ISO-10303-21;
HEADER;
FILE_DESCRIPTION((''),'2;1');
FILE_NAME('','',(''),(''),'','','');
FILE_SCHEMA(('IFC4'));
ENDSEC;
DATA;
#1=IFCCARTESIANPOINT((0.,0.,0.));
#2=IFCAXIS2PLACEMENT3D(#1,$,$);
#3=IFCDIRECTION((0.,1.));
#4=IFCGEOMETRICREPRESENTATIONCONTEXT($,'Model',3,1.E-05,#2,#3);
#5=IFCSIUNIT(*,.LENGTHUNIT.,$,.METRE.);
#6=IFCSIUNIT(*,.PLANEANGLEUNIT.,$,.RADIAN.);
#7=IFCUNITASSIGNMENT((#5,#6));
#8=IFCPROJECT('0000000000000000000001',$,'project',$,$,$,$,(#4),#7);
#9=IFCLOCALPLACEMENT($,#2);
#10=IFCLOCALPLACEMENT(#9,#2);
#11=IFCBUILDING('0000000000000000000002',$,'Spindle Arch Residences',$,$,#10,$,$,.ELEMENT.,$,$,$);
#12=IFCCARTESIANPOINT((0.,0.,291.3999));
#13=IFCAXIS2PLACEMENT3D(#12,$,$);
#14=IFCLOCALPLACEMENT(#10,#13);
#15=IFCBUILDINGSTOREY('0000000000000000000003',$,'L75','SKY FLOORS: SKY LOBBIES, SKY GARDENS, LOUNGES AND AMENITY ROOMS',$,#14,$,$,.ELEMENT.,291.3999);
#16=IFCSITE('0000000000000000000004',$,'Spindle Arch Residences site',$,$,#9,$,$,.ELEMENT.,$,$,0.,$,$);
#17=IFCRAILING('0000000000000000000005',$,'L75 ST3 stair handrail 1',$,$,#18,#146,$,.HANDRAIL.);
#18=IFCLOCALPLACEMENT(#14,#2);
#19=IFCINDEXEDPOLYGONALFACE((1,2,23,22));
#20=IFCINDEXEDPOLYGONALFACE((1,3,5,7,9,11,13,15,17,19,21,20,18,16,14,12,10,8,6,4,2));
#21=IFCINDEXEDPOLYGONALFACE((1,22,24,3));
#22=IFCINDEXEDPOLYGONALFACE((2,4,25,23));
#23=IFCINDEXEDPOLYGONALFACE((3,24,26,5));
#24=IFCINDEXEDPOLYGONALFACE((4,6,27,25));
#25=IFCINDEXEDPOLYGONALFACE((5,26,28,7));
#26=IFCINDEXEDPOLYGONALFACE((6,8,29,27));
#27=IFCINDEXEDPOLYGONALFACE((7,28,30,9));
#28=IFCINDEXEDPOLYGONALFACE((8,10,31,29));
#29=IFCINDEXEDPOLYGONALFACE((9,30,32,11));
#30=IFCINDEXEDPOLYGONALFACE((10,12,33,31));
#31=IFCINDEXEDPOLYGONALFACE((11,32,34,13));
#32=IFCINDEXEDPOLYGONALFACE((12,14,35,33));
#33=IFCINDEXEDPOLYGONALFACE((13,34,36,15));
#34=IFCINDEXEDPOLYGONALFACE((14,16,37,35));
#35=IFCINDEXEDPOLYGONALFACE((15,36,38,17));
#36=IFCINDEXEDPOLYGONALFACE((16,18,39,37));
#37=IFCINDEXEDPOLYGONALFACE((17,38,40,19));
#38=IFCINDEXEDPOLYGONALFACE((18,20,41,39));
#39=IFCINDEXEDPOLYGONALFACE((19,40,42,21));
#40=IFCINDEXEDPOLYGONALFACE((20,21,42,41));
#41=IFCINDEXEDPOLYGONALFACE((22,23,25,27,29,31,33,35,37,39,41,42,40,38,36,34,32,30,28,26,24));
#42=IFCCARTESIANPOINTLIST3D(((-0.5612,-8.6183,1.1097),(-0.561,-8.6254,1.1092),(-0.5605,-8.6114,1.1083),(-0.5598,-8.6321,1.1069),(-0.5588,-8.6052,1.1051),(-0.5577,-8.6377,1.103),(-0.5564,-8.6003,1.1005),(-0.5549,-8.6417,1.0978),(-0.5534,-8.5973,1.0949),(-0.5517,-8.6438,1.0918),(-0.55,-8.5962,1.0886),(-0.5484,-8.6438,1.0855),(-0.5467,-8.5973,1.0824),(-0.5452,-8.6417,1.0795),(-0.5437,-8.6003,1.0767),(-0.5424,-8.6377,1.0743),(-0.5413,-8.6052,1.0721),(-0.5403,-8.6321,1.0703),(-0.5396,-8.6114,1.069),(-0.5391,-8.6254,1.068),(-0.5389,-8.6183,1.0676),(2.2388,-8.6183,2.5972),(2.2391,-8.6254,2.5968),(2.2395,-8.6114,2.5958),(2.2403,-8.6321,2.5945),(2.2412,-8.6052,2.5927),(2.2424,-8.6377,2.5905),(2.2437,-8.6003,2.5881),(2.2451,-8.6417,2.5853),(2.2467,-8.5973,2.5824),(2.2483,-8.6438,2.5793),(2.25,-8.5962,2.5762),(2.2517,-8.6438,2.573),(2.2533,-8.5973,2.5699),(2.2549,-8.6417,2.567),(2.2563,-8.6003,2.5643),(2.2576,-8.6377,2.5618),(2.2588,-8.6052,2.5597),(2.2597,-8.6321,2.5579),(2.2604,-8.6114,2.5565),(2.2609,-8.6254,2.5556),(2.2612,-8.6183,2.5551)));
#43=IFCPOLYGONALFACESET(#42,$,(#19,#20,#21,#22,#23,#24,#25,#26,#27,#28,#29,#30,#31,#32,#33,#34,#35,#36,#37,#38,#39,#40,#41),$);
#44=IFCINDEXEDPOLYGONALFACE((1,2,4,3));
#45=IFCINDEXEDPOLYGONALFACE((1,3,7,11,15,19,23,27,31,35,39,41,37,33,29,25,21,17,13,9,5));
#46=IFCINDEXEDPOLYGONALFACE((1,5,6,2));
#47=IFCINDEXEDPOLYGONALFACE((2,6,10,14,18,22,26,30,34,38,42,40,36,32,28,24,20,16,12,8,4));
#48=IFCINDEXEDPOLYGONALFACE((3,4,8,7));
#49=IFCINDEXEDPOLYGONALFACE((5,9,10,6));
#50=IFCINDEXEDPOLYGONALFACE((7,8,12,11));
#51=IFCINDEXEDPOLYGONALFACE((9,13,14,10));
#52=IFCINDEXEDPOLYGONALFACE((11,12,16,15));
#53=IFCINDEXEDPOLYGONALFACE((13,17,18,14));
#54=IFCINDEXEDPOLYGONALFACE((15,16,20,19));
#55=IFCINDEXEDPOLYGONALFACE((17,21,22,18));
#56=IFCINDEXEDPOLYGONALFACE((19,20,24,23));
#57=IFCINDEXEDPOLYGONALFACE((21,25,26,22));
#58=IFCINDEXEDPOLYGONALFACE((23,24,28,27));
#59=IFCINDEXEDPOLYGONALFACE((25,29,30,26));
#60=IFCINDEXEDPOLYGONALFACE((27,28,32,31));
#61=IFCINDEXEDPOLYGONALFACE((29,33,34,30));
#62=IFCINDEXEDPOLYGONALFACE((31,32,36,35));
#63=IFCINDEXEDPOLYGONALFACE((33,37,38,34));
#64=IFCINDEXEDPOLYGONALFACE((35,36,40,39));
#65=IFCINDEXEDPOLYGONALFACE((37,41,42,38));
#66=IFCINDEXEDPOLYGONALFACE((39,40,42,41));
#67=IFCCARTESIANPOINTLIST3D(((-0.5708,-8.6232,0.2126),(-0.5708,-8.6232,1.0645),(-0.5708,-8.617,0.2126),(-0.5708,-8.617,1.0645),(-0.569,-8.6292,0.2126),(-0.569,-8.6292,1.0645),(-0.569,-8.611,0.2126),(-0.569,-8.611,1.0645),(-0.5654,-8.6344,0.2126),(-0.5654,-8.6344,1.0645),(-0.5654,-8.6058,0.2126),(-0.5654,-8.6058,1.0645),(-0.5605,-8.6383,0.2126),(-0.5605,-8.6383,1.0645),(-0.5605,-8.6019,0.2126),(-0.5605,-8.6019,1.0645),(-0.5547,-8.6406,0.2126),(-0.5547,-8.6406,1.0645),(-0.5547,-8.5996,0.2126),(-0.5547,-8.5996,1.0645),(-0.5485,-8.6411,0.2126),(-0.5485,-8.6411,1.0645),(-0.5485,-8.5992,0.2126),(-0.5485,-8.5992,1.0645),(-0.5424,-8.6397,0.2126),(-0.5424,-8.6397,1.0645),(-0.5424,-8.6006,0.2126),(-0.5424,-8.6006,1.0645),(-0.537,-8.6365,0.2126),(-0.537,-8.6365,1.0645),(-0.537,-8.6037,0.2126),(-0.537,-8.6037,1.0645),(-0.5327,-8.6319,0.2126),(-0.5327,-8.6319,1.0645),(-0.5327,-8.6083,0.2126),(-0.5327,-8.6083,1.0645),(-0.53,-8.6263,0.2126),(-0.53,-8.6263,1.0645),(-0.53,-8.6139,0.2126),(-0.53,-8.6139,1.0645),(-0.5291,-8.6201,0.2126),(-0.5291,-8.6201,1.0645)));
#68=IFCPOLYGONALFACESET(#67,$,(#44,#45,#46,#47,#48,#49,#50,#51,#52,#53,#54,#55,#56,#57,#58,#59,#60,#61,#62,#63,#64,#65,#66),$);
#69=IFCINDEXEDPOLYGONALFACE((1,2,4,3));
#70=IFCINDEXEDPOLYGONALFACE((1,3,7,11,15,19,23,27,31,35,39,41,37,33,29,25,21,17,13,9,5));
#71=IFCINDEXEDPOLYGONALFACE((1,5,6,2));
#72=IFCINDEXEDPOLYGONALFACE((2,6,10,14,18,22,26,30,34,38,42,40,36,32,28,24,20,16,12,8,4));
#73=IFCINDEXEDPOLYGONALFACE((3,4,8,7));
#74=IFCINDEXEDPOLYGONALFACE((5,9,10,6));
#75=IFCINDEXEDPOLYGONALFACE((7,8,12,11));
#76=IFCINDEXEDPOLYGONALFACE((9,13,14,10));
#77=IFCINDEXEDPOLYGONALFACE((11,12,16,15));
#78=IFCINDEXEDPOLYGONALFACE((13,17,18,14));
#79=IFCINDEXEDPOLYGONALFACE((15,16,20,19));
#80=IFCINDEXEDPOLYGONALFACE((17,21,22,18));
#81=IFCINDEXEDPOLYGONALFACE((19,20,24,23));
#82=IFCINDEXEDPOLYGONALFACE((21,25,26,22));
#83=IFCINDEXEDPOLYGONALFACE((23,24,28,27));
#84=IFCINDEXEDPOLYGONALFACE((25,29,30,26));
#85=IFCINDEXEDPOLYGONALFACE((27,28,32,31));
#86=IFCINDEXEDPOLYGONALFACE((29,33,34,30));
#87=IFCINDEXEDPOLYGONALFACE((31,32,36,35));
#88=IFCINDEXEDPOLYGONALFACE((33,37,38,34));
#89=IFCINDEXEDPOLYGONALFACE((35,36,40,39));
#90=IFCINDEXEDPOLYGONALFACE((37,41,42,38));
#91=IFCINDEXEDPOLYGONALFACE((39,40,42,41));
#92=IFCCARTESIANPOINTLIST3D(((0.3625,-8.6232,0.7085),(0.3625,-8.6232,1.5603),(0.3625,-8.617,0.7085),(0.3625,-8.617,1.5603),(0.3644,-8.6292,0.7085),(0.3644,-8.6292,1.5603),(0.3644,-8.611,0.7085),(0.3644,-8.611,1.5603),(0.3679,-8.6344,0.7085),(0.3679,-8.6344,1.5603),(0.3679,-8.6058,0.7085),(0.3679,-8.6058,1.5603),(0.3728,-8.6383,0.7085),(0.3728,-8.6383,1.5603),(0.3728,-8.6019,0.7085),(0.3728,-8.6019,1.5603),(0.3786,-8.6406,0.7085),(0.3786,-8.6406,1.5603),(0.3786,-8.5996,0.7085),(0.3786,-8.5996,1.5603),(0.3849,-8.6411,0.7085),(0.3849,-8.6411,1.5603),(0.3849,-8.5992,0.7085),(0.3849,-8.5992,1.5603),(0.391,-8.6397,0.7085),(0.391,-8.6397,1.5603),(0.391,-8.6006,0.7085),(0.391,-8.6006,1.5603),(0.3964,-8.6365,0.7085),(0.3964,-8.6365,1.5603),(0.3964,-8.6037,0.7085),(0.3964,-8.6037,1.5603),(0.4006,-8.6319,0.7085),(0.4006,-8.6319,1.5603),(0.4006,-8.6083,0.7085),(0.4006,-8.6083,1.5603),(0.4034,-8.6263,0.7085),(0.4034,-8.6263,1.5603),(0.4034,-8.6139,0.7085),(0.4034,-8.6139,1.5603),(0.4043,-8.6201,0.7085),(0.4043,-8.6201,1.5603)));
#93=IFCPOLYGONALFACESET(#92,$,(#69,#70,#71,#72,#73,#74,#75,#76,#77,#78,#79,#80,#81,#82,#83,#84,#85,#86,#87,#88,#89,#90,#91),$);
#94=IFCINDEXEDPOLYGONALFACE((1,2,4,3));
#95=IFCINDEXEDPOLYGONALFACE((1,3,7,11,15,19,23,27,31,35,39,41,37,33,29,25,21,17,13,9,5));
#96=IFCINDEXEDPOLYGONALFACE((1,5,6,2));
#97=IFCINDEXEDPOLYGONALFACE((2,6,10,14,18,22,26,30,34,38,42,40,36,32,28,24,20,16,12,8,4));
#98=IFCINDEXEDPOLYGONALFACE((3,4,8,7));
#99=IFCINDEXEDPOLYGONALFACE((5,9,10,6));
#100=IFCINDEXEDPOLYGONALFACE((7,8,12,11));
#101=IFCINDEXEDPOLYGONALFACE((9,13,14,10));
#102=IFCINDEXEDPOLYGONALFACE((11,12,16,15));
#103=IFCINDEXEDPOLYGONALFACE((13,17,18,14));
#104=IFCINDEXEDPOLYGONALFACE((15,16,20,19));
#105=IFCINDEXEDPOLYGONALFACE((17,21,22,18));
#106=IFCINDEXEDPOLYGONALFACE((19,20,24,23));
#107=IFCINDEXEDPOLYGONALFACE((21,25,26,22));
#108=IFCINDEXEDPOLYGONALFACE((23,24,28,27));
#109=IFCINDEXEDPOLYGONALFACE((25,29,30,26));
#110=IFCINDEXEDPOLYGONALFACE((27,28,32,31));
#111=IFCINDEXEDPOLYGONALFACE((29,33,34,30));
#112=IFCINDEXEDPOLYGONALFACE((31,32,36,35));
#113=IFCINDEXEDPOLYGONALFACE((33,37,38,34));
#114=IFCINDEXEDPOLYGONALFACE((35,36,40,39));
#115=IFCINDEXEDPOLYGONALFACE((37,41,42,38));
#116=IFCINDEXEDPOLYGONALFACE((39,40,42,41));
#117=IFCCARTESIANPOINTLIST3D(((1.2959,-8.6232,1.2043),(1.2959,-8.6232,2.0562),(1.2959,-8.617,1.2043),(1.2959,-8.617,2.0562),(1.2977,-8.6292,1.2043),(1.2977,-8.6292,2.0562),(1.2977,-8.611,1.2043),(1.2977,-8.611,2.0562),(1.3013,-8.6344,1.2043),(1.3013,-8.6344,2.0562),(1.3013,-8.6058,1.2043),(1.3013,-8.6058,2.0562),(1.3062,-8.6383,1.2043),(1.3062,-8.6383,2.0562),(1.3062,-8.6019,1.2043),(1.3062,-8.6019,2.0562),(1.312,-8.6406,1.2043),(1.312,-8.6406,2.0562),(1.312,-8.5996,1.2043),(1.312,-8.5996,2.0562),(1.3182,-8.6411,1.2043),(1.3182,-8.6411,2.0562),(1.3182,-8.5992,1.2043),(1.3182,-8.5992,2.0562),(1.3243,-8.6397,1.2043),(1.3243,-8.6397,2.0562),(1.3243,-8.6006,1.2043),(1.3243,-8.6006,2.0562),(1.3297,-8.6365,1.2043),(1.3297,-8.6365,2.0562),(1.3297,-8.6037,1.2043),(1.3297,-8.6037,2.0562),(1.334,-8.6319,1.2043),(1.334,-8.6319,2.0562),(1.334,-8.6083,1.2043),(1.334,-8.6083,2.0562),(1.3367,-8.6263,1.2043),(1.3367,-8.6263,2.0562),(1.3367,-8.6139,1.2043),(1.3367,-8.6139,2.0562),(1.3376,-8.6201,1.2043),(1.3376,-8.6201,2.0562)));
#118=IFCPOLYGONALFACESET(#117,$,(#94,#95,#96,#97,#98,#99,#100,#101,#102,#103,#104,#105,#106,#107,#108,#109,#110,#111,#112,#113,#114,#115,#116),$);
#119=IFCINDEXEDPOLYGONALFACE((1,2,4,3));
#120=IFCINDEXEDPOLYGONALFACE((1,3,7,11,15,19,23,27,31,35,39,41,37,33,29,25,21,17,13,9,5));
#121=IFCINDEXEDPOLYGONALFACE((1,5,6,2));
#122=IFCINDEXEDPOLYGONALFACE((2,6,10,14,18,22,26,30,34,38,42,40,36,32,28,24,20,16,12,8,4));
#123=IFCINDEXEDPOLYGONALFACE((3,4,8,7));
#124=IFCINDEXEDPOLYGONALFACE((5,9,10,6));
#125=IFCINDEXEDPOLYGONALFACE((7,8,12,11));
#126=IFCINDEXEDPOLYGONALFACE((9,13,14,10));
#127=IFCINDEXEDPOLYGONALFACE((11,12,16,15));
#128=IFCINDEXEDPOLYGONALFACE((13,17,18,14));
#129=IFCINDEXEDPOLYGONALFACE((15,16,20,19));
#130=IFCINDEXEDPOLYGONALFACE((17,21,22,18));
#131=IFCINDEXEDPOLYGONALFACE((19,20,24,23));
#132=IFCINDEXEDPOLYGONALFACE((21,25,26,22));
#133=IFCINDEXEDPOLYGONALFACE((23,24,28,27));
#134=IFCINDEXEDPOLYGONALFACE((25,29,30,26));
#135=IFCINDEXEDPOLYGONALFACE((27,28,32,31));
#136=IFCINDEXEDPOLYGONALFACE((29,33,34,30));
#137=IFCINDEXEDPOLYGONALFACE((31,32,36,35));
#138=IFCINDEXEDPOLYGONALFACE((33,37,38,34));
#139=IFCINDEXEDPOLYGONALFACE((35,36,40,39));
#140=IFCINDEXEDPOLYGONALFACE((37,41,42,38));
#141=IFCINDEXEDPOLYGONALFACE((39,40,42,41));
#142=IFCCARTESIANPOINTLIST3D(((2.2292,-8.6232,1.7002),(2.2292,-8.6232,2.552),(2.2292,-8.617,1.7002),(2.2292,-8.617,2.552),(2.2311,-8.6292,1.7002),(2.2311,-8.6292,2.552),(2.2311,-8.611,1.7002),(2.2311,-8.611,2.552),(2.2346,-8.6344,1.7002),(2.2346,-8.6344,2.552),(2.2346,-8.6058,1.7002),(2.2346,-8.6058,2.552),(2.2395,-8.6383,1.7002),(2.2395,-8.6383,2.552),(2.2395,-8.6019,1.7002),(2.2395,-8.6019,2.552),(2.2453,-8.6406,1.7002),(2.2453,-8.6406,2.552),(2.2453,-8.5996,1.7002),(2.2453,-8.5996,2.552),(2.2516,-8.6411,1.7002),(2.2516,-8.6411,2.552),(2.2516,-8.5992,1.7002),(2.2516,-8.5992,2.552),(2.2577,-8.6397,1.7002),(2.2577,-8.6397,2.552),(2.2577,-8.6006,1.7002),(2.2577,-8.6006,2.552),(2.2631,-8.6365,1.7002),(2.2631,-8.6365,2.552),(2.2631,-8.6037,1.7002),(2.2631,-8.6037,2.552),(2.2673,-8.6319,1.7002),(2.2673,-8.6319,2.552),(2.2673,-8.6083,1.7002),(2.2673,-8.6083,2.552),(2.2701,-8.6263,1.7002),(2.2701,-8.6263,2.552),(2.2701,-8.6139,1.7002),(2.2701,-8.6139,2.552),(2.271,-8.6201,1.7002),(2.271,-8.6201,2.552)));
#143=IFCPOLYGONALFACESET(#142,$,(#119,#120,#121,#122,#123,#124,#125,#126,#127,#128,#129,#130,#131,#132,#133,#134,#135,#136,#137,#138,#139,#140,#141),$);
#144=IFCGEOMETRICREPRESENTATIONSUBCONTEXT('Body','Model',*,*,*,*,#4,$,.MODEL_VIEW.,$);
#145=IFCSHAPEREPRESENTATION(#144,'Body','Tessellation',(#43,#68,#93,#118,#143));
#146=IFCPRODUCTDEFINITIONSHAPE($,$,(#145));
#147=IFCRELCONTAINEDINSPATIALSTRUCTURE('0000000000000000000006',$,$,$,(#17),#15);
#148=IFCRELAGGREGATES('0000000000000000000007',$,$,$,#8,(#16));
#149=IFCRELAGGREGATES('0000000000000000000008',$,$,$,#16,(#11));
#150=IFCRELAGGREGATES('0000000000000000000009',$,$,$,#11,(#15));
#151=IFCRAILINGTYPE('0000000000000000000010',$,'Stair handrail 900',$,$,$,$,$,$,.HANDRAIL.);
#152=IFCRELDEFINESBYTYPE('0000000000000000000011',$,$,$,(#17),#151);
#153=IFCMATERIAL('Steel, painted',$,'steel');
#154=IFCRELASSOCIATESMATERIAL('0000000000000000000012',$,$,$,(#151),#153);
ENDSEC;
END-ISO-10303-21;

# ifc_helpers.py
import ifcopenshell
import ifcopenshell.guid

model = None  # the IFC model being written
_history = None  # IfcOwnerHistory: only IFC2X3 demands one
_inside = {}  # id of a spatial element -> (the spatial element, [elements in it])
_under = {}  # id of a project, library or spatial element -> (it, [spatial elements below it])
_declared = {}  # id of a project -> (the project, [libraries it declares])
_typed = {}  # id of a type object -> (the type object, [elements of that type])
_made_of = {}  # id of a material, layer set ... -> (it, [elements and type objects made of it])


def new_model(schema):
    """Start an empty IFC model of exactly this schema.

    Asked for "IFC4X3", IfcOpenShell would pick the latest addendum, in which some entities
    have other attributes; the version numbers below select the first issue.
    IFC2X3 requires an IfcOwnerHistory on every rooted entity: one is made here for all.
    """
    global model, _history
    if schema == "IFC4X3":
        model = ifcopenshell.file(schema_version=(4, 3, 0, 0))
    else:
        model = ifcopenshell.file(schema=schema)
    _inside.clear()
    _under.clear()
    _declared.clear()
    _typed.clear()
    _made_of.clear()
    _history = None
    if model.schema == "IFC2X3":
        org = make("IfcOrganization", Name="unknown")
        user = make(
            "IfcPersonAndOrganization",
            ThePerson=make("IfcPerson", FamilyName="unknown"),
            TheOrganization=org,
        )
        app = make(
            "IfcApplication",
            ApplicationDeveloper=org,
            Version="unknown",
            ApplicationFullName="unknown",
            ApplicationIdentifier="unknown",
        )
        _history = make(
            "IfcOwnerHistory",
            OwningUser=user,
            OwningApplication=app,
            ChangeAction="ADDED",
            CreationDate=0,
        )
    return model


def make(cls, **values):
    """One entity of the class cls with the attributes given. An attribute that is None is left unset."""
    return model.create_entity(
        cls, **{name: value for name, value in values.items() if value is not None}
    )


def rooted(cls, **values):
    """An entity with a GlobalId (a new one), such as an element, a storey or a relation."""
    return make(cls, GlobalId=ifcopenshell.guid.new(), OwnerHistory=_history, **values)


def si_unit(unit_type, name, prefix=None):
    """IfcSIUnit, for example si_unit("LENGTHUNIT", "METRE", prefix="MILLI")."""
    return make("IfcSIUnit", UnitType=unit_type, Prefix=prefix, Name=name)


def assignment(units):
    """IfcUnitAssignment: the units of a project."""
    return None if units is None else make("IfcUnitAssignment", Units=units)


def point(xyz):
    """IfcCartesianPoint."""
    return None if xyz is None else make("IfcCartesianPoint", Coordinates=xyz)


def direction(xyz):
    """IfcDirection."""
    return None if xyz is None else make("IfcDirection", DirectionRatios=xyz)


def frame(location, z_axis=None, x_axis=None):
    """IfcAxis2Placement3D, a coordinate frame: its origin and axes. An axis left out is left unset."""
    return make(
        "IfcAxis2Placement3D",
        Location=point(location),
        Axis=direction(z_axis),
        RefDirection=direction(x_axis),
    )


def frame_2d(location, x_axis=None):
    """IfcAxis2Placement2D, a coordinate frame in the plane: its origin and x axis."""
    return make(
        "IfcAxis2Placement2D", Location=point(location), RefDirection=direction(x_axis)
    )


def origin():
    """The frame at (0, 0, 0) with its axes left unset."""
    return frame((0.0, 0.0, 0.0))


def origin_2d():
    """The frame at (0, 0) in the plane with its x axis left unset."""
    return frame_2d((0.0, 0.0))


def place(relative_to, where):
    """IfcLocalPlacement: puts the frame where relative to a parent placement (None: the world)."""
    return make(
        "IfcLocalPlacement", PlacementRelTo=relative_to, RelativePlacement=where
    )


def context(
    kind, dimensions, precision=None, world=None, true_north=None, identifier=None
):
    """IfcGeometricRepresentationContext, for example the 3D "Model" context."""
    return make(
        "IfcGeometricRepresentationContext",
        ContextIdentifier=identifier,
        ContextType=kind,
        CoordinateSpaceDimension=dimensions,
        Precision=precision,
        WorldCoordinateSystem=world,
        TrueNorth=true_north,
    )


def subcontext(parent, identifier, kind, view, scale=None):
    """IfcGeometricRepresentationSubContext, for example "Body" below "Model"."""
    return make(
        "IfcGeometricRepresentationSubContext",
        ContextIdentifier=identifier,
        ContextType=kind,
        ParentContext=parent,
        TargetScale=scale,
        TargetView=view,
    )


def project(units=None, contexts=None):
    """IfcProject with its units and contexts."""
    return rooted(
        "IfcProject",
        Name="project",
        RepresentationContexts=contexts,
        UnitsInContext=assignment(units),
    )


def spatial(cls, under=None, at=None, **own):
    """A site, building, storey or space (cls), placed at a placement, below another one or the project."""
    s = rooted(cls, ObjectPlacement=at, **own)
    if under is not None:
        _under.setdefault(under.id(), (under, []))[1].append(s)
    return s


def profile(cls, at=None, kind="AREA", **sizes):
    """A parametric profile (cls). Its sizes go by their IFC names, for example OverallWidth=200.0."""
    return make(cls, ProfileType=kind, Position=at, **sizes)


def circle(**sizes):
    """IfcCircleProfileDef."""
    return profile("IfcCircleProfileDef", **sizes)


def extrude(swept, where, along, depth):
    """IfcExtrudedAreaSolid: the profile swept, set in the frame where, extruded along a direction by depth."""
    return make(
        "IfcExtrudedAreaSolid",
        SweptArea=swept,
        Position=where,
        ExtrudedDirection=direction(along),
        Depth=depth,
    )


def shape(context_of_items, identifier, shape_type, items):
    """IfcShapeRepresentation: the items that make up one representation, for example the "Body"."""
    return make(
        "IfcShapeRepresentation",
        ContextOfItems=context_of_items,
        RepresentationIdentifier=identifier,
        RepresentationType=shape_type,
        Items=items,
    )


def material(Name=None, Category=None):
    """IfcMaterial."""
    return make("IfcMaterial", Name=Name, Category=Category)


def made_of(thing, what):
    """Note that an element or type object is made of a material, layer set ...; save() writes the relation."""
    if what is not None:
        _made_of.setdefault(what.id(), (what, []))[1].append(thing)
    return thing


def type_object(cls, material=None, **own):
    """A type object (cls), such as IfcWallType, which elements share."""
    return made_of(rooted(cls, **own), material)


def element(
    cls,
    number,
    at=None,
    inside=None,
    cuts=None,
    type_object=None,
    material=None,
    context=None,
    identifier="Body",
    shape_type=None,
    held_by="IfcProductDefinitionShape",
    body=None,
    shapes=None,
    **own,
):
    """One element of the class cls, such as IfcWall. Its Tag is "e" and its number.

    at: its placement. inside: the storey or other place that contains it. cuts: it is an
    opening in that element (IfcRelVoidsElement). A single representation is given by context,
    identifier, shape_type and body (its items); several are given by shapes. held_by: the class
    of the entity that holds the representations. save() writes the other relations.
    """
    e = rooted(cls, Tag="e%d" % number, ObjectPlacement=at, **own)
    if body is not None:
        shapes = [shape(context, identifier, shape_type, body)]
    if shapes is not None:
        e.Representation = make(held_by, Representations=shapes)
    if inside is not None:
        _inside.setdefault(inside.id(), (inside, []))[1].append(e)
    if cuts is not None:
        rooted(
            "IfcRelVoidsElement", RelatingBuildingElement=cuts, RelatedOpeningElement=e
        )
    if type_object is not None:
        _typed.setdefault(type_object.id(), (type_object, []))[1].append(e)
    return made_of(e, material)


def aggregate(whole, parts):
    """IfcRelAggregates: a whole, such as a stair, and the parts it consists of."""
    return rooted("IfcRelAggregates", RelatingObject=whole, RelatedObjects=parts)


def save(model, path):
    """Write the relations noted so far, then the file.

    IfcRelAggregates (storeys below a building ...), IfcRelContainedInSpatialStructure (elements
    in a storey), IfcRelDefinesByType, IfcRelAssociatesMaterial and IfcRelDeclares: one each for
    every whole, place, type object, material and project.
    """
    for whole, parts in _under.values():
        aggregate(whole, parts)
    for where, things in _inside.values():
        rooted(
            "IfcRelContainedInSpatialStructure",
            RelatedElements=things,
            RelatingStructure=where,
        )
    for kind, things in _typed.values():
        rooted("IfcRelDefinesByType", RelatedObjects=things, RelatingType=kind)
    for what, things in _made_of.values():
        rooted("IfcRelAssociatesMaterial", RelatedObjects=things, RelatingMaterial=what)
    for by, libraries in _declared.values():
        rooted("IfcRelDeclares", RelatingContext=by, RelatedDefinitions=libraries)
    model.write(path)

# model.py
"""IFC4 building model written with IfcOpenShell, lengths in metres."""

from ifc_helpers import new_model, si_unit, direction, frame, origin, origin_2d, place, context, subcontext, project, spatial, circle, extrude, material, type_object, element, save


model = new_model("IFC4")

# Units and contexts
model_context = context("Model", 3, precision=1e-05, world=origin(), true_north=direction((0.0, 1.0)))
body_context = subcontext(model_context, "Body", "Model", "MODEL_VIEW")
ifc_project = project(units=[si_unit("LENGTHUNIT", "METRE"), si_unit("PLANEANGLEUNIT", "RADIAN")], contexts=[model_context])

# Site, building, storey
site_placement = place(None, origin())
site = spatial("IfcSite", under=ifc_project, at=site_placement, Name="Spindle Arch Residences site", CompositionType="ELEMENT", RefElevation=0.0)
building_placement = place(site_placement, origin())
building = spatial("IfcBuilding", under=site, at=building_placement, Name="Spindle Arch Residences", CompositionType="ELEMENT")
storey_placement = place(building_placement, frame((0.0, 0.0, 291.3999)))
storey = spatial("IfcBuildingStorey", under=building, at=storey_placement, Name="L75", Description="SKY FLOORS: SKY LOBBIES, SKY GARDENS, LOUNGES AND AMENITY ROOMS", CompositionType="ELEMENT", Elevation=291.3999)

# Railing
ifc_material_1 = material(Name="Steel, painted", Category="steel")
railing_type_1 = type_object("IfcRailingType", Name="Stair handrail 900", PredefinedType="HANDRAIL", material=ifc_material_1)
railing_1_placement = place(storey_placement, frame((-0.55, -8.6201, 0.2126)))
element("IfcRailing", 1, at=railing_1_placement, inside=storey, type_object=railing_type_1, Name="L75 ST3 stair handrail 1", PredefinedType="HANDRAIL", context=body_context, shape_type="SweptSolid", body=[
    extrude(circle(Radius=0.0239, at=origin_2d()), frame((0.0, 0.0, 0.876), z_axis=(0.883113, 0.0, 0.469161), x_axis=(0.0, 1.0, 0.0)), (0.0, 0.0, 1.0), 3.1707),
    extrude(circle(Radius=0.021, at=origin_2d()), origin(), (0.0, 0.0, 1.0), 0.8518),
    extrude(circle(Radius=0.021, at=origin_2d()), frame((0.9333, 0.0, 0.4958)), (0.0, 0.0, 1.0), 0.8518),
    extrude(circle(Radius=0.021, at=origin_2d()), frame((1.8667, 0.0, 0.9917)), (0.0, 0.0, 1.0), 0.8518),
    extrude(circle(Radius=0.021, at=origin_2d()), frame((2.8, 0.0, 1.4875)), (0.0, 0.0, 1.0), 0.8518),
])

save(model, "model.ifc")
